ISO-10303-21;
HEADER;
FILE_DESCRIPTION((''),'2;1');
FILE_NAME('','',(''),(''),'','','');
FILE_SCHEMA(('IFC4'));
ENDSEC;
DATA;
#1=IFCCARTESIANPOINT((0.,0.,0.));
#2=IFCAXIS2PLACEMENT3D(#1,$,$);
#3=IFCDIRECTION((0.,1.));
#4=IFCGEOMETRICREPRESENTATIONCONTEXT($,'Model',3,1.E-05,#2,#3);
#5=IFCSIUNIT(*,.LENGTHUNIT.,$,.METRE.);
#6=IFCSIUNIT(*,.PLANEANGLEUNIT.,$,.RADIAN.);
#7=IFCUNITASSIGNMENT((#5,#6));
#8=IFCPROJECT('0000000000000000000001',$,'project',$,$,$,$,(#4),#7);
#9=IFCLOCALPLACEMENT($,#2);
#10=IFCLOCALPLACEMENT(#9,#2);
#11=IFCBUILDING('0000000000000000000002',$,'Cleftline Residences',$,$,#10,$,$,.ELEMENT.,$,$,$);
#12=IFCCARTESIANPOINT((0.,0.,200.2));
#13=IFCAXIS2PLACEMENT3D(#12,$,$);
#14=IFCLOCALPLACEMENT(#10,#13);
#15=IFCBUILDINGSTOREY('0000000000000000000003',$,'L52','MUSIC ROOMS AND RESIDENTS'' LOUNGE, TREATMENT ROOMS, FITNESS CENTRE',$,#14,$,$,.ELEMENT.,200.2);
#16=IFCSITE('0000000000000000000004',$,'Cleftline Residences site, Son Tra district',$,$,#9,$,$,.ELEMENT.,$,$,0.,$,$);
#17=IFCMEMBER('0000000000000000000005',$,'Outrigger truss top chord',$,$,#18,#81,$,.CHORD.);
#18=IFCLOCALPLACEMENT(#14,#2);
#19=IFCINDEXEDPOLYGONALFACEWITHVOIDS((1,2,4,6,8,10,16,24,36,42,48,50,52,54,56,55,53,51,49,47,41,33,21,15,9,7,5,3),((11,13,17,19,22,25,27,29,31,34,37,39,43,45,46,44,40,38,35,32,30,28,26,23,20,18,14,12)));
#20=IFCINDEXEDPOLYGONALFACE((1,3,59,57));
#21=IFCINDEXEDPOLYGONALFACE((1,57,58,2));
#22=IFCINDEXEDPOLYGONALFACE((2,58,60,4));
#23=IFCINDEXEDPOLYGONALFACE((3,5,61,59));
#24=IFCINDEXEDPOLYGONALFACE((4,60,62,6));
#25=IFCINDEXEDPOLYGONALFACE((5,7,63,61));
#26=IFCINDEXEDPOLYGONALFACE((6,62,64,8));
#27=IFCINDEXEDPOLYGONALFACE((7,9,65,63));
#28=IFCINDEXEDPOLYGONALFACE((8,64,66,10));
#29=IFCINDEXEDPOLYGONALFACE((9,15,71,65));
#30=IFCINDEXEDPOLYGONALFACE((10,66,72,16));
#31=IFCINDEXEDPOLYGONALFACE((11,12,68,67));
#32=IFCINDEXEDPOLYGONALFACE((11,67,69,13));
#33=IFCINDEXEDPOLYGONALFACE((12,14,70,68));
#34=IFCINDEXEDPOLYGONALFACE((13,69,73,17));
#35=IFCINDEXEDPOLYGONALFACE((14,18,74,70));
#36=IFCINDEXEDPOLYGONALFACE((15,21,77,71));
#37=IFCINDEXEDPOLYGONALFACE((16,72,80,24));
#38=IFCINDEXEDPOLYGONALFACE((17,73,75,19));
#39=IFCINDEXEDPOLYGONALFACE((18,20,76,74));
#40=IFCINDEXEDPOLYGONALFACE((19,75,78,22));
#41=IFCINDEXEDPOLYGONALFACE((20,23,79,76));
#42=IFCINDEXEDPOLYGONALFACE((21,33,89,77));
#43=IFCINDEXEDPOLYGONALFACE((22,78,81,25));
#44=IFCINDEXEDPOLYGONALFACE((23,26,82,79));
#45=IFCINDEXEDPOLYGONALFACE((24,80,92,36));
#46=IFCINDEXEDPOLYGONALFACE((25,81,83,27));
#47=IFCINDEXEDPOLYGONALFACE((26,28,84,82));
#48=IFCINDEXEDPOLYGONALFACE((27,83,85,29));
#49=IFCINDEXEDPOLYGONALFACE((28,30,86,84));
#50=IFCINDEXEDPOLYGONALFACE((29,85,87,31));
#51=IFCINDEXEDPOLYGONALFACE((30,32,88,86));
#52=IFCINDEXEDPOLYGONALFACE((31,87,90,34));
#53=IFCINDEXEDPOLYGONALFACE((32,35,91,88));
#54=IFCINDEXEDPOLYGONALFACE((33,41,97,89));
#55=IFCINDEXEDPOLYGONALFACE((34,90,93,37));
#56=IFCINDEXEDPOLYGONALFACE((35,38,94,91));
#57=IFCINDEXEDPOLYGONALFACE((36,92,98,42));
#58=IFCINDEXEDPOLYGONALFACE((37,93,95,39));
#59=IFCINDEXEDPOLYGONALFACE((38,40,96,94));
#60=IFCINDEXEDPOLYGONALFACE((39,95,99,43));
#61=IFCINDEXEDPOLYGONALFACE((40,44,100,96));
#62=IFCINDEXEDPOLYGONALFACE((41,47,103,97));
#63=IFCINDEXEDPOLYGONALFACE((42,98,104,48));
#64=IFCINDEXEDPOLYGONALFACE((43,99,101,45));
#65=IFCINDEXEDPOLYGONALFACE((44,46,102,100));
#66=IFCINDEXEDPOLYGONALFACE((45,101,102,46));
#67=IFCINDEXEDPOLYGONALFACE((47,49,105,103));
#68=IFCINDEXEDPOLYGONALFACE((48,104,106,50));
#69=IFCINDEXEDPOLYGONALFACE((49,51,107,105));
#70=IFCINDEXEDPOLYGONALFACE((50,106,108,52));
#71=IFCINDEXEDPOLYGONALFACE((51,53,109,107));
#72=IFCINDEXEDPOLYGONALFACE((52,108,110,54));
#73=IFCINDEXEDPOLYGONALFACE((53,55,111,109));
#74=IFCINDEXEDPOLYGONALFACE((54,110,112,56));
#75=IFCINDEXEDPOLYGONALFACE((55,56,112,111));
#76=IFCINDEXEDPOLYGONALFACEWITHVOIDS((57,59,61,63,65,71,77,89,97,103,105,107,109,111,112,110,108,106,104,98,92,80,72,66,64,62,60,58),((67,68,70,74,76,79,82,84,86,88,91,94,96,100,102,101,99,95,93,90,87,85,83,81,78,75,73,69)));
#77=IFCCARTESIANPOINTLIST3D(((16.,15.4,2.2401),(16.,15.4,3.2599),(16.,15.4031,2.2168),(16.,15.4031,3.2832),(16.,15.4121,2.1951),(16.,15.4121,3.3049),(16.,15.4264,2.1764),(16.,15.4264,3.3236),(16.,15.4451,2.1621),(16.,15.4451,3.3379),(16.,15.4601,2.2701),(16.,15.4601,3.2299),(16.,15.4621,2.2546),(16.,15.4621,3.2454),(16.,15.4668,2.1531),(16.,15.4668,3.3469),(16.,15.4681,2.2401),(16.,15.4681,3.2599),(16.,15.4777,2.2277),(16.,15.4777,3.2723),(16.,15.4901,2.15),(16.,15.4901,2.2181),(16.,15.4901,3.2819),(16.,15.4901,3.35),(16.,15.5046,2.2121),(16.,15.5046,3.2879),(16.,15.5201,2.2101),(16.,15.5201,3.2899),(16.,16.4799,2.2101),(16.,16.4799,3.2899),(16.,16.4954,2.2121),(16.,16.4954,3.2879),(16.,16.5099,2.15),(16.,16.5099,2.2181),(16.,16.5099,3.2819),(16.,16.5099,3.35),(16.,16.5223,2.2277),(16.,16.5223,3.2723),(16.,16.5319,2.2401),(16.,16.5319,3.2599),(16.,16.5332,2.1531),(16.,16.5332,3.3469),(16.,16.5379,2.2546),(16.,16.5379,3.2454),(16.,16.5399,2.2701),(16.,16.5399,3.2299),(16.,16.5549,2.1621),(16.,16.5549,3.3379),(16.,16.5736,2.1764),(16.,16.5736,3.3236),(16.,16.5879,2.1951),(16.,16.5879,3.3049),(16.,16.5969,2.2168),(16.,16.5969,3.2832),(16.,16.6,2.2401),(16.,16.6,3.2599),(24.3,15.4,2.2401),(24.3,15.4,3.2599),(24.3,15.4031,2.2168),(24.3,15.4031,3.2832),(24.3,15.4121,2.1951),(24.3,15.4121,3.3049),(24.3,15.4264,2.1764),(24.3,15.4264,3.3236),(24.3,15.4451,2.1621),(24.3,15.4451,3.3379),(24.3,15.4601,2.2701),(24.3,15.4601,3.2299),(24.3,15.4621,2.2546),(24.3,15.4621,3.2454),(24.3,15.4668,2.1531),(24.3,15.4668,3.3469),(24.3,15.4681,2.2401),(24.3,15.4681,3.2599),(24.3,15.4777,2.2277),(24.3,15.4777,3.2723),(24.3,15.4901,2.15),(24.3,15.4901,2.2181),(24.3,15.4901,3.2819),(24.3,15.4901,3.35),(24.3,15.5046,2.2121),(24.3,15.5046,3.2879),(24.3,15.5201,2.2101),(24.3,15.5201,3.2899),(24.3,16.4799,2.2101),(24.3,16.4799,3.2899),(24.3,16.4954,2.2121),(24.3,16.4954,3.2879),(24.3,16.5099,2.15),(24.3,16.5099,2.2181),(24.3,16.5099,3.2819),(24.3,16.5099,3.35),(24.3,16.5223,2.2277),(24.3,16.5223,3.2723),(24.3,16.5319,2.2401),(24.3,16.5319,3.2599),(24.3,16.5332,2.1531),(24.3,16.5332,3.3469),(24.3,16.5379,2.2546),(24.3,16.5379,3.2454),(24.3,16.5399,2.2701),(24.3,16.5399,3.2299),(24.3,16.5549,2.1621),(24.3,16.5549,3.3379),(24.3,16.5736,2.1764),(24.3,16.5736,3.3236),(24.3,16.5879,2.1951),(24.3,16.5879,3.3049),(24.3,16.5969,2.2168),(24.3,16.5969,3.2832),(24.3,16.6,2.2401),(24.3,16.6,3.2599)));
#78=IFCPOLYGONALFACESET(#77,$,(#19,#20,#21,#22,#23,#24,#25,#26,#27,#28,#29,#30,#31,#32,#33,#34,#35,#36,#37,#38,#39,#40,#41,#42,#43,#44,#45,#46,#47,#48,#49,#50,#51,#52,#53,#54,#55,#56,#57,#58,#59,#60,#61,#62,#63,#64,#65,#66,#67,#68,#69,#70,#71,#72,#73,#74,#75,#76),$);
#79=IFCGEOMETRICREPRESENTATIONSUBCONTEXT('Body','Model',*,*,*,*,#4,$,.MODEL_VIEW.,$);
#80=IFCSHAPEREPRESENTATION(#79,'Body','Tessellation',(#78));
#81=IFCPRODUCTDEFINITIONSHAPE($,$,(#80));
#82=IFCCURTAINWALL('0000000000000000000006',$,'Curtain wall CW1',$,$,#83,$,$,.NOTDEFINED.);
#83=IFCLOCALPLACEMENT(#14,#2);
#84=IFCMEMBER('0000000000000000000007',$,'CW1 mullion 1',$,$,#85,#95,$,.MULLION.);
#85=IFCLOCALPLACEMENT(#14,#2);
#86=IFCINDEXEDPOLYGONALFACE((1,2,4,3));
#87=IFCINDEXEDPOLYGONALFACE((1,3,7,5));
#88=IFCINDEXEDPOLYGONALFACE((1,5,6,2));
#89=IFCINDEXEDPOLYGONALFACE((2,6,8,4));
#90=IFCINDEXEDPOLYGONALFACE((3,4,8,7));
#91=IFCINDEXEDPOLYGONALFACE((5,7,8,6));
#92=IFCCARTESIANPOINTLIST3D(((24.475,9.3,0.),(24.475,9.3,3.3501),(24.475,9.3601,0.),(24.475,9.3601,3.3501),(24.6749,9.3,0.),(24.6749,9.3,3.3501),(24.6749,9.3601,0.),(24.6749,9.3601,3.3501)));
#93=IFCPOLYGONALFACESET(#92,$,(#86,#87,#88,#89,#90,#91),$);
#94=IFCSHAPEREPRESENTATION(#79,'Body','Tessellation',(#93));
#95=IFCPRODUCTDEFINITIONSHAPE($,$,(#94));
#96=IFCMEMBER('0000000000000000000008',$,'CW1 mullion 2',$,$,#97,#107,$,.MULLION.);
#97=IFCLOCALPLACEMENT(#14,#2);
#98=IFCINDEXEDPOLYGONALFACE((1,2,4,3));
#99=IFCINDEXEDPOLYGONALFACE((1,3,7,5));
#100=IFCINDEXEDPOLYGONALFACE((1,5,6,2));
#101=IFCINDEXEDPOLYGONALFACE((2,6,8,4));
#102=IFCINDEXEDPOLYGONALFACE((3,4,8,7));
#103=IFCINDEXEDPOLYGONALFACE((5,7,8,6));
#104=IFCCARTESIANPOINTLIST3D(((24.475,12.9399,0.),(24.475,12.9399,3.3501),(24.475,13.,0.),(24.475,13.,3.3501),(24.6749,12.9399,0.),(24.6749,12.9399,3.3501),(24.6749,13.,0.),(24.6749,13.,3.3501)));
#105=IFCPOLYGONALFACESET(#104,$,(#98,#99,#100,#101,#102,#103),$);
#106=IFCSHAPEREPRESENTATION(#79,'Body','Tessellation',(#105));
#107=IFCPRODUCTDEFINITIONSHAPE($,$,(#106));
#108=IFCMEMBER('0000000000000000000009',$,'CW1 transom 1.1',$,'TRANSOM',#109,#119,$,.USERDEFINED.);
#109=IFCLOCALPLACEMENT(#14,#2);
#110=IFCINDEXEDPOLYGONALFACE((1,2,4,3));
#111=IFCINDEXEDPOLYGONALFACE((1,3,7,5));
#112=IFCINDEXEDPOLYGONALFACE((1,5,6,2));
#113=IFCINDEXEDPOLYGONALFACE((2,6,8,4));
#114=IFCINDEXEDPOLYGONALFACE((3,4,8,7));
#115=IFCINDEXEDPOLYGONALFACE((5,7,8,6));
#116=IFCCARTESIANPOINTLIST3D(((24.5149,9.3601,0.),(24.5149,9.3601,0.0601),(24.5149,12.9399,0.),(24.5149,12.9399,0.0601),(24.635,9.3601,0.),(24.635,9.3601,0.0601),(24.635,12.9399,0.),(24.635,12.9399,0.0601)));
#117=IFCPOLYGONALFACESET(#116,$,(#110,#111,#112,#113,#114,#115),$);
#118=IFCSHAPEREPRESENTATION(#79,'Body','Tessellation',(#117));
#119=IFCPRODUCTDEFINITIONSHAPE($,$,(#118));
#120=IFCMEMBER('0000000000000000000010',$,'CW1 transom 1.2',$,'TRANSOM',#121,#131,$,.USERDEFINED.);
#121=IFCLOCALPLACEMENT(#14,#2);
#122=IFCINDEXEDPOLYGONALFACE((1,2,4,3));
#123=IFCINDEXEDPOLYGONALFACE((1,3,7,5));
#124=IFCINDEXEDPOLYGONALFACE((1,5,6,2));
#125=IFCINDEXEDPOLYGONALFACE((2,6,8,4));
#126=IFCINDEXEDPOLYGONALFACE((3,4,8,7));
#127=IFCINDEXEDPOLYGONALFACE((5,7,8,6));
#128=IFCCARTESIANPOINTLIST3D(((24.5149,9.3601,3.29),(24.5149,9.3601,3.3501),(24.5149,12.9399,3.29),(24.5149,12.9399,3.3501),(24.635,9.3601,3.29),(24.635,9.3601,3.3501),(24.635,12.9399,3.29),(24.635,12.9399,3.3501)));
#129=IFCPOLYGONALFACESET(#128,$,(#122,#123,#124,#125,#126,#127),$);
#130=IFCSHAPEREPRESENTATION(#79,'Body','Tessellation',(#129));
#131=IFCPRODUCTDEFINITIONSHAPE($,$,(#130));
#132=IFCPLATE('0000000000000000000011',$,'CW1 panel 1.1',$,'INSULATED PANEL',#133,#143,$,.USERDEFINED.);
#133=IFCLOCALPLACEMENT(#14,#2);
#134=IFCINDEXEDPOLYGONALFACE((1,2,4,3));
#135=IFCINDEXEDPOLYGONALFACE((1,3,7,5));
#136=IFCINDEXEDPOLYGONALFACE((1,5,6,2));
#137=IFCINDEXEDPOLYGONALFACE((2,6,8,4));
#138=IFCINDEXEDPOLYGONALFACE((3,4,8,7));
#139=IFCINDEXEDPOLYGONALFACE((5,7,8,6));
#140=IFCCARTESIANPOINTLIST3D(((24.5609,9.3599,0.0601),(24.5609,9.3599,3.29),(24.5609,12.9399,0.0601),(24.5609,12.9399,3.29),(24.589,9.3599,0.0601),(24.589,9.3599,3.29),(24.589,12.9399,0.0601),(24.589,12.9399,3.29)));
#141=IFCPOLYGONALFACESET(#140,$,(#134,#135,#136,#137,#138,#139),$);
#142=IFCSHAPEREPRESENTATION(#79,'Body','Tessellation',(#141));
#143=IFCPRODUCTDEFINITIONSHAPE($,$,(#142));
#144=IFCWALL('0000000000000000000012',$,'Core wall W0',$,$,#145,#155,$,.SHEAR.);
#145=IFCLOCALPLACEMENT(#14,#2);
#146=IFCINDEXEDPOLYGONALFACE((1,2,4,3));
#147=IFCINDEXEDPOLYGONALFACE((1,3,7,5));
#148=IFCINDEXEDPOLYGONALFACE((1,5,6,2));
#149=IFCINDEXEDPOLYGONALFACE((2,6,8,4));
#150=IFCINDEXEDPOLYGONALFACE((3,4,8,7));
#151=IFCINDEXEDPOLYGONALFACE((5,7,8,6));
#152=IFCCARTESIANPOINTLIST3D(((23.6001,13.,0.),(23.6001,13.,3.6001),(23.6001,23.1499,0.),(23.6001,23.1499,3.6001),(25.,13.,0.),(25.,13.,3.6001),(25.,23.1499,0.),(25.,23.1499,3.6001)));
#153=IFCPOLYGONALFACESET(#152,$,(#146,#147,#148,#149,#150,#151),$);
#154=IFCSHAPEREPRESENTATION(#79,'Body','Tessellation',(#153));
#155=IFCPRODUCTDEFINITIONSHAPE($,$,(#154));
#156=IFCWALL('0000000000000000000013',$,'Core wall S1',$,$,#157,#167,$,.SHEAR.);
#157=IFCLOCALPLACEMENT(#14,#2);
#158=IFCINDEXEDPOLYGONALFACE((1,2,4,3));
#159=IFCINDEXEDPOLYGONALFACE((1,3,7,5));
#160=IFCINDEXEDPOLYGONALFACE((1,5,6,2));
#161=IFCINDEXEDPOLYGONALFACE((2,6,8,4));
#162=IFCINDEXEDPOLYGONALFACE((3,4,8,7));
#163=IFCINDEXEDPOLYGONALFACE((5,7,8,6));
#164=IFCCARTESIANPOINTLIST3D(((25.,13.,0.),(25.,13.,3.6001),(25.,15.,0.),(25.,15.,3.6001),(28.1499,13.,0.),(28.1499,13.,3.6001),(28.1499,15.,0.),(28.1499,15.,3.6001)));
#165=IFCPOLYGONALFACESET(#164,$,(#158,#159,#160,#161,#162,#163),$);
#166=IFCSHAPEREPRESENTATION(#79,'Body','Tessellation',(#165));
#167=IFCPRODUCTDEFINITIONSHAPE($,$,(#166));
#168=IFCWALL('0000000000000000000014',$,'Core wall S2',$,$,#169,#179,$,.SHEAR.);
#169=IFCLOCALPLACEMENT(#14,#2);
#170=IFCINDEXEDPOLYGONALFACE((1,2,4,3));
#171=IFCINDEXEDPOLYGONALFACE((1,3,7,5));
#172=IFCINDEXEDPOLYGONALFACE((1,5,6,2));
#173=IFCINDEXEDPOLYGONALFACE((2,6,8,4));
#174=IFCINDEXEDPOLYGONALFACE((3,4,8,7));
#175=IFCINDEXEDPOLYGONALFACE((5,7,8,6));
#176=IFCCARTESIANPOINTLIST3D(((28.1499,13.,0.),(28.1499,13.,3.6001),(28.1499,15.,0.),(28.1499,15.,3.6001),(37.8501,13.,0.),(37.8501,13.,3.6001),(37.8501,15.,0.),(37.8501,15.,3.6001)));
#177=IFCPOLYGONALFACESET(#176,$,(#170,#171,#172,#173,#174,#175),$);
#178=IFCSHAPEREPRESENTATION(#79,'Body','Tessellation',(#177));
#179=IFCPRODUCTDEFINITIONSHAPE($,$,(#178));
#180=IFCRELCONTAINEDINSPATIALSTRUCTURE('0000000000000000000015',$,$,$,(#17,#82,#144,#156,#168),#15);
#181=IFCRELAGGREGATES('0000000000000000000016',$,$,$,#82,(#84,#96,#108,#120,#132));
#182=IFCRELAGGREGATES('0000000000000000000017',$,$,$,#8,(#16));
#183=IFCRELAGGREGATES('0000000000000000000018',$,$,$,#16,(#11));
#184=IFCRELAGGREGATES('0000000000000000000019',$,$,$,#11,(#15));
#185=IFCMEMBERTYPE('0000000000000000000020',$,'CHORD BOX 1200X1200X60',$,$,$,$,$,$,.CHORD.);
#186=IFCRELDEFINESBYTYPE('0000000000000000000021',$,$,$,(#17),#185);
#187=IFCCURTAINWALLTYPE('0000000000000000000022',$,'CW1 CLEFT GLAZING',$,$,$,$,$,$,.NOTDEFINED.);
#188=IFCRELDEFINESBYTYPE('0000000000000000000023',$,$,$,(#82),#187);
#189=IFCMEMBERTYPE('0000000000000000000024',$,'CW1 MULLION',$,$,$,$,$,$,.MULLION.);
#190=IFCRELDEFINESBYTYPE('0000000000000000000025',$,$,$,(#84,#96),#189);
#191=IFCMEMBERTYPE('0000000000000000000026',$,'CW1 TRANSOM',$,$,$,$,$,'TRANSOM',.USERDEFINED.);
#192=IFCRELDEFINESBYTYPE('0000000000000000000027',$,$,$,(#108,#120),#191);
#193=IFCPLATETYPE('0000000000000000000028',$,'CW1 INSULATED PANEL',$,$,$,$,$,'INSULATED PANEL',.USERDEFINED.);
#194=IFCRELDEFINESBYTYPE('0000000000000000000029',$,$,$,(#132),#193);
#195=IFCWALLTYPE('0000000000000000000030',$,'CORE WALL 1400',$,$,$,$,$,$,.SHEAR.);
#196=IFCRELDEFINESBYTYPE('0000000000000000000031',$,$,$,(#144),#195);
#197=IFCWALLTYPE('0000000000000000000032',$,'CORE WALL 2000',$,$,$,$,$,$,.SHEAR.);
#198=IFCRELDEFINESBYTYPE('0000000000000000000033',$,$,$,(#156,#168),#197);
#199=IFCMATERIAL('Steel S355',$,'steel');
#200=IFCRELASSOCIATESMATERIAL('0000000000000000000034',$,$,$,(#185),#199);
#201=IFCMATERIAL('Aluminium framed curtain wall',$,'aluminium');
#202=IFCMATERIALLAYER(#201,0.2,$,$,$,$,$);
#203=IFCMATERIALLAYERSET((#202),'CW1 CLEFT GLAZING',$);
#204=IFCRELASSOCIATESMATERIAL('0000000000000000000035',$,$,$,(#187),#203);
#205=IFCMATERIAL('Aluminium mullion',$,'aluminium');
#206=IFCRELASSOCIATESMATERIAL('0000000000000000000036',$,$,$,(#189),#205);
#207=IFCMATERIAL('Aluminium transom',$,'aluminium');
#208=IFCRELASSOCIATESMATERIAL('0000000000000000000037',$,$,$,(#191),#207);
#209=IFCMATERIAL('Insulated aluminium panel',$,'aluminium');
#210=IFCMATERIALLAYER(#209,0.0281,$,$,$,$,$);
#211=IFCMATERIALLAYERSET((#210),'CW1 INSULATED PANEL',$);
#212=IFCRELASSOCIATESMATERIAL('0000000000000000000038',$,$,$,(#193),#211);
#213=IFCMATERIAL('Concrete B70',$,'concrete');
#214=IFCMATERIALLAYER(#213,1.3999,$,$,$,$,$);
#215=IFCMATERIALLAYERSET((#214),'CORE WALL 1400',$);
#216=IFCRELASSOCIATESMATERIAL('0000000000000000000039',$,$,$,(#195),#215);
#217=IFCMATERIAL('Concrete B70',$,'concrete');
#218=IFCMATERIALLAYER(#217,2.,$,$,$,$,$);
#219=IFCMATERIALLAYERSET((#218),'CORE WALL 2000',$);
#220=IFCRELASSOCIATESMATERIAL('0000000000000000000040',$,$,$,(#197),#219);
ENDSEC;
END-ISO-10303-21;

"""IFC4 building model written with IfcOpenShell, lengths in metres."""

from ifc_helpers import new_model, si_unit, direction, frame, frame_2d, origin, origin_2d, place, context, subcontext, project, spatial, rectangle, hollow_rectangle, extrude, material, layer, layer_set, material_profile, profile_set, type_object, element, aggregate, save


model = new_model("IFC4")

# Units and contexts
model_context = context("Model", 3, precision=1e-05, world=origin(), true_north=direction((0.0, 1.0)))
body_context = subcontext(model_context, "Body", "Model", "MODEL_VIEW")
ifc_project = project(units=[si_unit("LENGTHUNIT", "METRE"), si_unit("PLANEANGLEUNIT", "RADIAN")], contexts=[model_context])

# Site, building, storey
site_placement = place(None, origin())
site = spatial("IfcSite", under=ifc_project, at=site_placement, Name="Cleftline Residences site, Son Tra district", CompositionType="ELEMENT", RefElevation=0.0)
building_placement = place(site_placement, origin())
building = spatial("IfcBuilding", under=site, at=building_placement, Name="Cleftline Residences", CompositionType="ELEMENT")
storey_placement = place(building_placement, frame((0.0, 0.0, 200.2)))
storey = spatial("IfcBuildingStorey", under=building, at=storey_placement, Name="L52", Description="MUSIC ROOMS AND RESIDENTS' LOUNGE, TREATMENT ROOMS, FITNESS CENTRE", CompositionType="ELEMENT", Elevation=200.2)

# Member
ifc_material_1 = material(Name="Steel S355", Category="steel")
ifc_material_profile_1 = material_profile(ifc_material_1, hollow_rectangle(XDim=1.2, YDim=1.2, WallThickness=0.0601, InnerFilletRadius=0.0601, OuterFilletRadius=0.0901, at=origin_2d()))
ifc_profile_set_1 = profile_set([ifc_material_profile_1], Name="Steel S355")
member_type_1 = type_object("IfcMemberType", Name="CHORD BOX 1200X1200X60", PredefinedType="CHORD", material=ifc_profile_set_1)
for number, where, z_axis, x_axis, name in (
    (1, (24.3, 16.0, 2.75), (-1.0, 0.0, 0.0), (0.0, -1.0, 0.0), "Outrigger truss top chord"),
):
    element("IfcMember", number, at=place(storey_placement, frame(where, z_axis=z_axis, x_axis=x_axis)), inside=storey, type_object=member_type_1, Name=name, PredefinedType="CHORD", context=body_context, shape_type="SweptSolid", body=[
        extrude(hollow_rectangle(XDim=1.2, YDim=1.2, WallThickness=0.0601, InnerFilletRadius=0.0601, OuterFilletRadius=0.0901, at=origin_2d()), origin(), (0.0, 0.0, 1.0), 8.3),
    ])

# Curtain wall, members, plate
ifc_material_2 = material(Name="Aluminium framed curtain wall", Category="aluminium")
ifc_layer_1 = layer(ifc_material_2, 0.2)
ifc_layer_set_1 = layer_set([ifc_layer_1], Name="CW1 CLEFT GLAZING")
curtain_wall_type = type_object("IfcCurtainWallType", Name="CW1 CLEFT GLAZING", PredefinedType="NOTDEFINED", material=ifc_layer_set_1)
curtain_wall_placement = place(storey_placement, origin())
curtain_wall = element("IfcCurtainWall", 2, at=curtain_wall_placement, inside=storey, type_object=curtain_wall_type, Name="Curtain wall CW1", PredefinedType="NOTDEFINED")
ifc_material_3 = material(Name="Aluminium mullion", Category="aluminium")
ifc_material_profile_2 = material_profile(ifc_material_3, rectangle(XDim=0.2, YDim=0.0601, at=origin_2d()))
ifc_profile_set_2 = profile_set([ifc_material_profile_2], Name="Aluminium mullion")
member_type_2 = type_object("IfcMemberType", Name="CW1 MULLION", PredefinedType="MULLION", material=ifc_profile_set_2)
member_1_placement = place(storey_placement, frame((24.575, 9.3301, 0.0), z_axis=(0.0, 0.0, 1.0), x_axis=(-1.0, 0.0, 0.0)))
member_1 = element("IfcMember", 3, at=member_1_placement, type_object=member_type_2, Name="CW1 mullion 1", PredefinedType="MULLION", context=body_context, shape_type="SweptSolid", body=[
    extrude(rectangle(XDim=0.2, YDim=0.0601, at=origin_2d()), origin(), (0.0, 0.0, 1.0), 3.3501),
])
member_2_placement = place(storey_placement, frame((24.575, 12.97, 0.0), z_axis=(0.0, 0.0, 1.0), x_axis=(-1.0, 0.0, 0.0)))
member_2 = element("IfcMember", 4, at=member_2_placement, type_object=member_type_2, Name="CW1 mullion 2", PredefinedType="MULLION", context=body_context, shape_type="SweptSolid", body=[
    extrude(rectangle(XDim=0.2, YDim=0.0601, at=origin_2d()), origin(), (0.0, 0.0, 1.0), 3.3501),
])
ifc_material_4 = material(Name="Aluminium transom", Category="aluminium")
ifc_material_profile_3 = material_profile(ifc_material_4, rectangle(XDim=0.1201, YDim=0.0601, at=origin_2d()))
ifc_profile_set_3 = profile_set([ifc_material_profile_3], Name="Aluminium transom")
member_type_3 = type_object("IfcMemberType", Name="CW1 TRANSOM", ElementType="TRANSOM", PredefinedType="USERDEFINED", material=ifc_profile_set_3)
member_3_placement = place(storey_placement, frame((24.575, 9.3601, 0.03), z_axis=(0.0, 1.0, 0.0), x_axis=(-1.0, 0.0, 0.0)))
member_3 = element("IfcMember", 5, at=member_3_placement, type_object=member_type_3, Name="CW1 transom 1.1", ObjectType="TRANSOM", PredefinedType="USERDEFINED", context=body_context, shape_type="SweptSolid", body=[
    extrude(rectangle(XDim=0.1201, YDim=0.0601, at=origin_2d()), origin(), (0.0, 0.0, 1.0), 3.5798),
])
member_4_placement = place(storey_placement, frame((24.575, 9.3601, 3.3201), z_axis=(0.0, 1.0, 0.0), x_axis=(-1.0, 0.0, 0.0)))
member_4 = element("IfcMember", 6, at=member_4_placement, type_object=member_type_3, Name="CW1 transom 1.2", ObjectType="TRANSOM", PredefinedType="USERDEFINED", context=body_context, shape_type="SweptSolid", body=[
    extrude(rectangle(XDim=0.1201, YDim=0.0601, at=origin_2d()), origin(), (0.0, 0.0, 1.0), 3.5798),
])
ifc_material_5 = material(Name="Insulated aluminium panel", Category="aluminium")
ifc_layer_2 = layer(ifc_material_5, 0.0281)
ifc_layer_set_2 = layer_set([ifc_layer_2], Name="CW1 INSULATED PANEL")
plate_type = type_object("IfcPlateType", Name="CW1 INSULATED PANEL", ElementType="INSULATED PANEL", PredefinedType="USERDEFINED", material=ifc_layer_set_2)
plate_placement = place(storey_placement, frame((24.575, 11.1499, 0.0601), z_axis=(0.0, 0.0, 1.0), x_axis=(0.0, 1.0, 0.0)))
plate = element("IfcPlate", 7, at=plate_placement, type_object=plate_type, Name="CW1 panel 1.1", ObjectType="INSULATED PANEL", PredefinedType="USERDEFINED", context=body_context, shape_type="SweptSolid", body=[
    extrude(rectangle(XDim=3.5801, YDim=0.0281, at=origin_2d()), origin(), (0.0, 0.0, 1.0), 3.23),
])
aggregate(curtain_wall, [member_1, member_2, member_3, member_4, plate])

# Walls
ifc_material_6 = material(Name="Concrete B70", Category="concrete")
ifc_layer_3 = layer(ifc_material_6, 1.3999)
ifc_layer_set_3 = layer_set([ifc_layer_3], Name="CORE WALL 1400")
wall_type_1 = type_object("IfcWallType", Name="CORE WALL 1400", PredefinedType="SHEAR", material=ifc_layer_set_3)
wall_1_placement = place(storey_placement, frame((24.3, 13.0, 0.0), z_axis=(0.0, 0.0, 1.0), x_axis=(0.0, 1.0, 0.0)))
element("IfcWall", 8, at=wall_1_placement, inside=storey, type_object=wall_type_1, Name="Core wall W0", PredefinedType="SHEAR", context=body_context, shape_type="SweptSolid", body=[
    extrude(rectangle(XDim=10.1499, YDim=1.3999, at=frame_2d((5.075, 0.0))), origin(), (0.0, 0.0, 1.0), 3.6001),
])
ifc_material_7 = material(Name="Concrete B70", Category="concrete")
ifc_layer_4 = layer(ifc_material_7, 2.0)
ifc_layer_set_4 = layer_set([ifc_layer_4], Name="CORE WALL 2000")
wall_type_2 = type_object("IfcWallType", Name="CORE WALL 2000", PredefinedType="SHEAR", material=ifc_layer_set_4)
wall_2_placement = place(storey_placement, frame((25.0, 14.0, 0.0), z_axis=(0.0, 0.0, 1.0), x_axis=(1.0, 0.0, 0.0)))
element("IfcWall", 9, at=wall_2_placement, inside=storey, type_object=wall_type_2, Name="Core wall S1", PredefinedType="SHEAR", context=body_context, shape_type="SweptSolid", body=[
    extrude(rectangle(XDim=3.1499, YDim=2.0, at=frame_2d((1.575, 0.0))), origin(), (0.0, 0.0, 1.0), 3.6001),
])
wall_3_placement = place(storey_placement, frame((28.1499, 14.0, 0.0), z_axis=(0.0, 0.0, 1.0), x_axis=(1.0, 0.0, 0.0)))
element("IfcWall", 10, at=wall_3_placement, inside=storey, type_object=wall_type_2, Name="Core wall S2", PredefinedType="SHEAR", context=body_context, shape_type="SweptSolid", body=[
    extrude(rectangle(XDim=9.7002, YDim=2.0, at=frame_2d((4.8501, 0.0))), origin(), (0.0, 0.0, 1.0), 3.6001),
])

save(model, "model.ifc")
